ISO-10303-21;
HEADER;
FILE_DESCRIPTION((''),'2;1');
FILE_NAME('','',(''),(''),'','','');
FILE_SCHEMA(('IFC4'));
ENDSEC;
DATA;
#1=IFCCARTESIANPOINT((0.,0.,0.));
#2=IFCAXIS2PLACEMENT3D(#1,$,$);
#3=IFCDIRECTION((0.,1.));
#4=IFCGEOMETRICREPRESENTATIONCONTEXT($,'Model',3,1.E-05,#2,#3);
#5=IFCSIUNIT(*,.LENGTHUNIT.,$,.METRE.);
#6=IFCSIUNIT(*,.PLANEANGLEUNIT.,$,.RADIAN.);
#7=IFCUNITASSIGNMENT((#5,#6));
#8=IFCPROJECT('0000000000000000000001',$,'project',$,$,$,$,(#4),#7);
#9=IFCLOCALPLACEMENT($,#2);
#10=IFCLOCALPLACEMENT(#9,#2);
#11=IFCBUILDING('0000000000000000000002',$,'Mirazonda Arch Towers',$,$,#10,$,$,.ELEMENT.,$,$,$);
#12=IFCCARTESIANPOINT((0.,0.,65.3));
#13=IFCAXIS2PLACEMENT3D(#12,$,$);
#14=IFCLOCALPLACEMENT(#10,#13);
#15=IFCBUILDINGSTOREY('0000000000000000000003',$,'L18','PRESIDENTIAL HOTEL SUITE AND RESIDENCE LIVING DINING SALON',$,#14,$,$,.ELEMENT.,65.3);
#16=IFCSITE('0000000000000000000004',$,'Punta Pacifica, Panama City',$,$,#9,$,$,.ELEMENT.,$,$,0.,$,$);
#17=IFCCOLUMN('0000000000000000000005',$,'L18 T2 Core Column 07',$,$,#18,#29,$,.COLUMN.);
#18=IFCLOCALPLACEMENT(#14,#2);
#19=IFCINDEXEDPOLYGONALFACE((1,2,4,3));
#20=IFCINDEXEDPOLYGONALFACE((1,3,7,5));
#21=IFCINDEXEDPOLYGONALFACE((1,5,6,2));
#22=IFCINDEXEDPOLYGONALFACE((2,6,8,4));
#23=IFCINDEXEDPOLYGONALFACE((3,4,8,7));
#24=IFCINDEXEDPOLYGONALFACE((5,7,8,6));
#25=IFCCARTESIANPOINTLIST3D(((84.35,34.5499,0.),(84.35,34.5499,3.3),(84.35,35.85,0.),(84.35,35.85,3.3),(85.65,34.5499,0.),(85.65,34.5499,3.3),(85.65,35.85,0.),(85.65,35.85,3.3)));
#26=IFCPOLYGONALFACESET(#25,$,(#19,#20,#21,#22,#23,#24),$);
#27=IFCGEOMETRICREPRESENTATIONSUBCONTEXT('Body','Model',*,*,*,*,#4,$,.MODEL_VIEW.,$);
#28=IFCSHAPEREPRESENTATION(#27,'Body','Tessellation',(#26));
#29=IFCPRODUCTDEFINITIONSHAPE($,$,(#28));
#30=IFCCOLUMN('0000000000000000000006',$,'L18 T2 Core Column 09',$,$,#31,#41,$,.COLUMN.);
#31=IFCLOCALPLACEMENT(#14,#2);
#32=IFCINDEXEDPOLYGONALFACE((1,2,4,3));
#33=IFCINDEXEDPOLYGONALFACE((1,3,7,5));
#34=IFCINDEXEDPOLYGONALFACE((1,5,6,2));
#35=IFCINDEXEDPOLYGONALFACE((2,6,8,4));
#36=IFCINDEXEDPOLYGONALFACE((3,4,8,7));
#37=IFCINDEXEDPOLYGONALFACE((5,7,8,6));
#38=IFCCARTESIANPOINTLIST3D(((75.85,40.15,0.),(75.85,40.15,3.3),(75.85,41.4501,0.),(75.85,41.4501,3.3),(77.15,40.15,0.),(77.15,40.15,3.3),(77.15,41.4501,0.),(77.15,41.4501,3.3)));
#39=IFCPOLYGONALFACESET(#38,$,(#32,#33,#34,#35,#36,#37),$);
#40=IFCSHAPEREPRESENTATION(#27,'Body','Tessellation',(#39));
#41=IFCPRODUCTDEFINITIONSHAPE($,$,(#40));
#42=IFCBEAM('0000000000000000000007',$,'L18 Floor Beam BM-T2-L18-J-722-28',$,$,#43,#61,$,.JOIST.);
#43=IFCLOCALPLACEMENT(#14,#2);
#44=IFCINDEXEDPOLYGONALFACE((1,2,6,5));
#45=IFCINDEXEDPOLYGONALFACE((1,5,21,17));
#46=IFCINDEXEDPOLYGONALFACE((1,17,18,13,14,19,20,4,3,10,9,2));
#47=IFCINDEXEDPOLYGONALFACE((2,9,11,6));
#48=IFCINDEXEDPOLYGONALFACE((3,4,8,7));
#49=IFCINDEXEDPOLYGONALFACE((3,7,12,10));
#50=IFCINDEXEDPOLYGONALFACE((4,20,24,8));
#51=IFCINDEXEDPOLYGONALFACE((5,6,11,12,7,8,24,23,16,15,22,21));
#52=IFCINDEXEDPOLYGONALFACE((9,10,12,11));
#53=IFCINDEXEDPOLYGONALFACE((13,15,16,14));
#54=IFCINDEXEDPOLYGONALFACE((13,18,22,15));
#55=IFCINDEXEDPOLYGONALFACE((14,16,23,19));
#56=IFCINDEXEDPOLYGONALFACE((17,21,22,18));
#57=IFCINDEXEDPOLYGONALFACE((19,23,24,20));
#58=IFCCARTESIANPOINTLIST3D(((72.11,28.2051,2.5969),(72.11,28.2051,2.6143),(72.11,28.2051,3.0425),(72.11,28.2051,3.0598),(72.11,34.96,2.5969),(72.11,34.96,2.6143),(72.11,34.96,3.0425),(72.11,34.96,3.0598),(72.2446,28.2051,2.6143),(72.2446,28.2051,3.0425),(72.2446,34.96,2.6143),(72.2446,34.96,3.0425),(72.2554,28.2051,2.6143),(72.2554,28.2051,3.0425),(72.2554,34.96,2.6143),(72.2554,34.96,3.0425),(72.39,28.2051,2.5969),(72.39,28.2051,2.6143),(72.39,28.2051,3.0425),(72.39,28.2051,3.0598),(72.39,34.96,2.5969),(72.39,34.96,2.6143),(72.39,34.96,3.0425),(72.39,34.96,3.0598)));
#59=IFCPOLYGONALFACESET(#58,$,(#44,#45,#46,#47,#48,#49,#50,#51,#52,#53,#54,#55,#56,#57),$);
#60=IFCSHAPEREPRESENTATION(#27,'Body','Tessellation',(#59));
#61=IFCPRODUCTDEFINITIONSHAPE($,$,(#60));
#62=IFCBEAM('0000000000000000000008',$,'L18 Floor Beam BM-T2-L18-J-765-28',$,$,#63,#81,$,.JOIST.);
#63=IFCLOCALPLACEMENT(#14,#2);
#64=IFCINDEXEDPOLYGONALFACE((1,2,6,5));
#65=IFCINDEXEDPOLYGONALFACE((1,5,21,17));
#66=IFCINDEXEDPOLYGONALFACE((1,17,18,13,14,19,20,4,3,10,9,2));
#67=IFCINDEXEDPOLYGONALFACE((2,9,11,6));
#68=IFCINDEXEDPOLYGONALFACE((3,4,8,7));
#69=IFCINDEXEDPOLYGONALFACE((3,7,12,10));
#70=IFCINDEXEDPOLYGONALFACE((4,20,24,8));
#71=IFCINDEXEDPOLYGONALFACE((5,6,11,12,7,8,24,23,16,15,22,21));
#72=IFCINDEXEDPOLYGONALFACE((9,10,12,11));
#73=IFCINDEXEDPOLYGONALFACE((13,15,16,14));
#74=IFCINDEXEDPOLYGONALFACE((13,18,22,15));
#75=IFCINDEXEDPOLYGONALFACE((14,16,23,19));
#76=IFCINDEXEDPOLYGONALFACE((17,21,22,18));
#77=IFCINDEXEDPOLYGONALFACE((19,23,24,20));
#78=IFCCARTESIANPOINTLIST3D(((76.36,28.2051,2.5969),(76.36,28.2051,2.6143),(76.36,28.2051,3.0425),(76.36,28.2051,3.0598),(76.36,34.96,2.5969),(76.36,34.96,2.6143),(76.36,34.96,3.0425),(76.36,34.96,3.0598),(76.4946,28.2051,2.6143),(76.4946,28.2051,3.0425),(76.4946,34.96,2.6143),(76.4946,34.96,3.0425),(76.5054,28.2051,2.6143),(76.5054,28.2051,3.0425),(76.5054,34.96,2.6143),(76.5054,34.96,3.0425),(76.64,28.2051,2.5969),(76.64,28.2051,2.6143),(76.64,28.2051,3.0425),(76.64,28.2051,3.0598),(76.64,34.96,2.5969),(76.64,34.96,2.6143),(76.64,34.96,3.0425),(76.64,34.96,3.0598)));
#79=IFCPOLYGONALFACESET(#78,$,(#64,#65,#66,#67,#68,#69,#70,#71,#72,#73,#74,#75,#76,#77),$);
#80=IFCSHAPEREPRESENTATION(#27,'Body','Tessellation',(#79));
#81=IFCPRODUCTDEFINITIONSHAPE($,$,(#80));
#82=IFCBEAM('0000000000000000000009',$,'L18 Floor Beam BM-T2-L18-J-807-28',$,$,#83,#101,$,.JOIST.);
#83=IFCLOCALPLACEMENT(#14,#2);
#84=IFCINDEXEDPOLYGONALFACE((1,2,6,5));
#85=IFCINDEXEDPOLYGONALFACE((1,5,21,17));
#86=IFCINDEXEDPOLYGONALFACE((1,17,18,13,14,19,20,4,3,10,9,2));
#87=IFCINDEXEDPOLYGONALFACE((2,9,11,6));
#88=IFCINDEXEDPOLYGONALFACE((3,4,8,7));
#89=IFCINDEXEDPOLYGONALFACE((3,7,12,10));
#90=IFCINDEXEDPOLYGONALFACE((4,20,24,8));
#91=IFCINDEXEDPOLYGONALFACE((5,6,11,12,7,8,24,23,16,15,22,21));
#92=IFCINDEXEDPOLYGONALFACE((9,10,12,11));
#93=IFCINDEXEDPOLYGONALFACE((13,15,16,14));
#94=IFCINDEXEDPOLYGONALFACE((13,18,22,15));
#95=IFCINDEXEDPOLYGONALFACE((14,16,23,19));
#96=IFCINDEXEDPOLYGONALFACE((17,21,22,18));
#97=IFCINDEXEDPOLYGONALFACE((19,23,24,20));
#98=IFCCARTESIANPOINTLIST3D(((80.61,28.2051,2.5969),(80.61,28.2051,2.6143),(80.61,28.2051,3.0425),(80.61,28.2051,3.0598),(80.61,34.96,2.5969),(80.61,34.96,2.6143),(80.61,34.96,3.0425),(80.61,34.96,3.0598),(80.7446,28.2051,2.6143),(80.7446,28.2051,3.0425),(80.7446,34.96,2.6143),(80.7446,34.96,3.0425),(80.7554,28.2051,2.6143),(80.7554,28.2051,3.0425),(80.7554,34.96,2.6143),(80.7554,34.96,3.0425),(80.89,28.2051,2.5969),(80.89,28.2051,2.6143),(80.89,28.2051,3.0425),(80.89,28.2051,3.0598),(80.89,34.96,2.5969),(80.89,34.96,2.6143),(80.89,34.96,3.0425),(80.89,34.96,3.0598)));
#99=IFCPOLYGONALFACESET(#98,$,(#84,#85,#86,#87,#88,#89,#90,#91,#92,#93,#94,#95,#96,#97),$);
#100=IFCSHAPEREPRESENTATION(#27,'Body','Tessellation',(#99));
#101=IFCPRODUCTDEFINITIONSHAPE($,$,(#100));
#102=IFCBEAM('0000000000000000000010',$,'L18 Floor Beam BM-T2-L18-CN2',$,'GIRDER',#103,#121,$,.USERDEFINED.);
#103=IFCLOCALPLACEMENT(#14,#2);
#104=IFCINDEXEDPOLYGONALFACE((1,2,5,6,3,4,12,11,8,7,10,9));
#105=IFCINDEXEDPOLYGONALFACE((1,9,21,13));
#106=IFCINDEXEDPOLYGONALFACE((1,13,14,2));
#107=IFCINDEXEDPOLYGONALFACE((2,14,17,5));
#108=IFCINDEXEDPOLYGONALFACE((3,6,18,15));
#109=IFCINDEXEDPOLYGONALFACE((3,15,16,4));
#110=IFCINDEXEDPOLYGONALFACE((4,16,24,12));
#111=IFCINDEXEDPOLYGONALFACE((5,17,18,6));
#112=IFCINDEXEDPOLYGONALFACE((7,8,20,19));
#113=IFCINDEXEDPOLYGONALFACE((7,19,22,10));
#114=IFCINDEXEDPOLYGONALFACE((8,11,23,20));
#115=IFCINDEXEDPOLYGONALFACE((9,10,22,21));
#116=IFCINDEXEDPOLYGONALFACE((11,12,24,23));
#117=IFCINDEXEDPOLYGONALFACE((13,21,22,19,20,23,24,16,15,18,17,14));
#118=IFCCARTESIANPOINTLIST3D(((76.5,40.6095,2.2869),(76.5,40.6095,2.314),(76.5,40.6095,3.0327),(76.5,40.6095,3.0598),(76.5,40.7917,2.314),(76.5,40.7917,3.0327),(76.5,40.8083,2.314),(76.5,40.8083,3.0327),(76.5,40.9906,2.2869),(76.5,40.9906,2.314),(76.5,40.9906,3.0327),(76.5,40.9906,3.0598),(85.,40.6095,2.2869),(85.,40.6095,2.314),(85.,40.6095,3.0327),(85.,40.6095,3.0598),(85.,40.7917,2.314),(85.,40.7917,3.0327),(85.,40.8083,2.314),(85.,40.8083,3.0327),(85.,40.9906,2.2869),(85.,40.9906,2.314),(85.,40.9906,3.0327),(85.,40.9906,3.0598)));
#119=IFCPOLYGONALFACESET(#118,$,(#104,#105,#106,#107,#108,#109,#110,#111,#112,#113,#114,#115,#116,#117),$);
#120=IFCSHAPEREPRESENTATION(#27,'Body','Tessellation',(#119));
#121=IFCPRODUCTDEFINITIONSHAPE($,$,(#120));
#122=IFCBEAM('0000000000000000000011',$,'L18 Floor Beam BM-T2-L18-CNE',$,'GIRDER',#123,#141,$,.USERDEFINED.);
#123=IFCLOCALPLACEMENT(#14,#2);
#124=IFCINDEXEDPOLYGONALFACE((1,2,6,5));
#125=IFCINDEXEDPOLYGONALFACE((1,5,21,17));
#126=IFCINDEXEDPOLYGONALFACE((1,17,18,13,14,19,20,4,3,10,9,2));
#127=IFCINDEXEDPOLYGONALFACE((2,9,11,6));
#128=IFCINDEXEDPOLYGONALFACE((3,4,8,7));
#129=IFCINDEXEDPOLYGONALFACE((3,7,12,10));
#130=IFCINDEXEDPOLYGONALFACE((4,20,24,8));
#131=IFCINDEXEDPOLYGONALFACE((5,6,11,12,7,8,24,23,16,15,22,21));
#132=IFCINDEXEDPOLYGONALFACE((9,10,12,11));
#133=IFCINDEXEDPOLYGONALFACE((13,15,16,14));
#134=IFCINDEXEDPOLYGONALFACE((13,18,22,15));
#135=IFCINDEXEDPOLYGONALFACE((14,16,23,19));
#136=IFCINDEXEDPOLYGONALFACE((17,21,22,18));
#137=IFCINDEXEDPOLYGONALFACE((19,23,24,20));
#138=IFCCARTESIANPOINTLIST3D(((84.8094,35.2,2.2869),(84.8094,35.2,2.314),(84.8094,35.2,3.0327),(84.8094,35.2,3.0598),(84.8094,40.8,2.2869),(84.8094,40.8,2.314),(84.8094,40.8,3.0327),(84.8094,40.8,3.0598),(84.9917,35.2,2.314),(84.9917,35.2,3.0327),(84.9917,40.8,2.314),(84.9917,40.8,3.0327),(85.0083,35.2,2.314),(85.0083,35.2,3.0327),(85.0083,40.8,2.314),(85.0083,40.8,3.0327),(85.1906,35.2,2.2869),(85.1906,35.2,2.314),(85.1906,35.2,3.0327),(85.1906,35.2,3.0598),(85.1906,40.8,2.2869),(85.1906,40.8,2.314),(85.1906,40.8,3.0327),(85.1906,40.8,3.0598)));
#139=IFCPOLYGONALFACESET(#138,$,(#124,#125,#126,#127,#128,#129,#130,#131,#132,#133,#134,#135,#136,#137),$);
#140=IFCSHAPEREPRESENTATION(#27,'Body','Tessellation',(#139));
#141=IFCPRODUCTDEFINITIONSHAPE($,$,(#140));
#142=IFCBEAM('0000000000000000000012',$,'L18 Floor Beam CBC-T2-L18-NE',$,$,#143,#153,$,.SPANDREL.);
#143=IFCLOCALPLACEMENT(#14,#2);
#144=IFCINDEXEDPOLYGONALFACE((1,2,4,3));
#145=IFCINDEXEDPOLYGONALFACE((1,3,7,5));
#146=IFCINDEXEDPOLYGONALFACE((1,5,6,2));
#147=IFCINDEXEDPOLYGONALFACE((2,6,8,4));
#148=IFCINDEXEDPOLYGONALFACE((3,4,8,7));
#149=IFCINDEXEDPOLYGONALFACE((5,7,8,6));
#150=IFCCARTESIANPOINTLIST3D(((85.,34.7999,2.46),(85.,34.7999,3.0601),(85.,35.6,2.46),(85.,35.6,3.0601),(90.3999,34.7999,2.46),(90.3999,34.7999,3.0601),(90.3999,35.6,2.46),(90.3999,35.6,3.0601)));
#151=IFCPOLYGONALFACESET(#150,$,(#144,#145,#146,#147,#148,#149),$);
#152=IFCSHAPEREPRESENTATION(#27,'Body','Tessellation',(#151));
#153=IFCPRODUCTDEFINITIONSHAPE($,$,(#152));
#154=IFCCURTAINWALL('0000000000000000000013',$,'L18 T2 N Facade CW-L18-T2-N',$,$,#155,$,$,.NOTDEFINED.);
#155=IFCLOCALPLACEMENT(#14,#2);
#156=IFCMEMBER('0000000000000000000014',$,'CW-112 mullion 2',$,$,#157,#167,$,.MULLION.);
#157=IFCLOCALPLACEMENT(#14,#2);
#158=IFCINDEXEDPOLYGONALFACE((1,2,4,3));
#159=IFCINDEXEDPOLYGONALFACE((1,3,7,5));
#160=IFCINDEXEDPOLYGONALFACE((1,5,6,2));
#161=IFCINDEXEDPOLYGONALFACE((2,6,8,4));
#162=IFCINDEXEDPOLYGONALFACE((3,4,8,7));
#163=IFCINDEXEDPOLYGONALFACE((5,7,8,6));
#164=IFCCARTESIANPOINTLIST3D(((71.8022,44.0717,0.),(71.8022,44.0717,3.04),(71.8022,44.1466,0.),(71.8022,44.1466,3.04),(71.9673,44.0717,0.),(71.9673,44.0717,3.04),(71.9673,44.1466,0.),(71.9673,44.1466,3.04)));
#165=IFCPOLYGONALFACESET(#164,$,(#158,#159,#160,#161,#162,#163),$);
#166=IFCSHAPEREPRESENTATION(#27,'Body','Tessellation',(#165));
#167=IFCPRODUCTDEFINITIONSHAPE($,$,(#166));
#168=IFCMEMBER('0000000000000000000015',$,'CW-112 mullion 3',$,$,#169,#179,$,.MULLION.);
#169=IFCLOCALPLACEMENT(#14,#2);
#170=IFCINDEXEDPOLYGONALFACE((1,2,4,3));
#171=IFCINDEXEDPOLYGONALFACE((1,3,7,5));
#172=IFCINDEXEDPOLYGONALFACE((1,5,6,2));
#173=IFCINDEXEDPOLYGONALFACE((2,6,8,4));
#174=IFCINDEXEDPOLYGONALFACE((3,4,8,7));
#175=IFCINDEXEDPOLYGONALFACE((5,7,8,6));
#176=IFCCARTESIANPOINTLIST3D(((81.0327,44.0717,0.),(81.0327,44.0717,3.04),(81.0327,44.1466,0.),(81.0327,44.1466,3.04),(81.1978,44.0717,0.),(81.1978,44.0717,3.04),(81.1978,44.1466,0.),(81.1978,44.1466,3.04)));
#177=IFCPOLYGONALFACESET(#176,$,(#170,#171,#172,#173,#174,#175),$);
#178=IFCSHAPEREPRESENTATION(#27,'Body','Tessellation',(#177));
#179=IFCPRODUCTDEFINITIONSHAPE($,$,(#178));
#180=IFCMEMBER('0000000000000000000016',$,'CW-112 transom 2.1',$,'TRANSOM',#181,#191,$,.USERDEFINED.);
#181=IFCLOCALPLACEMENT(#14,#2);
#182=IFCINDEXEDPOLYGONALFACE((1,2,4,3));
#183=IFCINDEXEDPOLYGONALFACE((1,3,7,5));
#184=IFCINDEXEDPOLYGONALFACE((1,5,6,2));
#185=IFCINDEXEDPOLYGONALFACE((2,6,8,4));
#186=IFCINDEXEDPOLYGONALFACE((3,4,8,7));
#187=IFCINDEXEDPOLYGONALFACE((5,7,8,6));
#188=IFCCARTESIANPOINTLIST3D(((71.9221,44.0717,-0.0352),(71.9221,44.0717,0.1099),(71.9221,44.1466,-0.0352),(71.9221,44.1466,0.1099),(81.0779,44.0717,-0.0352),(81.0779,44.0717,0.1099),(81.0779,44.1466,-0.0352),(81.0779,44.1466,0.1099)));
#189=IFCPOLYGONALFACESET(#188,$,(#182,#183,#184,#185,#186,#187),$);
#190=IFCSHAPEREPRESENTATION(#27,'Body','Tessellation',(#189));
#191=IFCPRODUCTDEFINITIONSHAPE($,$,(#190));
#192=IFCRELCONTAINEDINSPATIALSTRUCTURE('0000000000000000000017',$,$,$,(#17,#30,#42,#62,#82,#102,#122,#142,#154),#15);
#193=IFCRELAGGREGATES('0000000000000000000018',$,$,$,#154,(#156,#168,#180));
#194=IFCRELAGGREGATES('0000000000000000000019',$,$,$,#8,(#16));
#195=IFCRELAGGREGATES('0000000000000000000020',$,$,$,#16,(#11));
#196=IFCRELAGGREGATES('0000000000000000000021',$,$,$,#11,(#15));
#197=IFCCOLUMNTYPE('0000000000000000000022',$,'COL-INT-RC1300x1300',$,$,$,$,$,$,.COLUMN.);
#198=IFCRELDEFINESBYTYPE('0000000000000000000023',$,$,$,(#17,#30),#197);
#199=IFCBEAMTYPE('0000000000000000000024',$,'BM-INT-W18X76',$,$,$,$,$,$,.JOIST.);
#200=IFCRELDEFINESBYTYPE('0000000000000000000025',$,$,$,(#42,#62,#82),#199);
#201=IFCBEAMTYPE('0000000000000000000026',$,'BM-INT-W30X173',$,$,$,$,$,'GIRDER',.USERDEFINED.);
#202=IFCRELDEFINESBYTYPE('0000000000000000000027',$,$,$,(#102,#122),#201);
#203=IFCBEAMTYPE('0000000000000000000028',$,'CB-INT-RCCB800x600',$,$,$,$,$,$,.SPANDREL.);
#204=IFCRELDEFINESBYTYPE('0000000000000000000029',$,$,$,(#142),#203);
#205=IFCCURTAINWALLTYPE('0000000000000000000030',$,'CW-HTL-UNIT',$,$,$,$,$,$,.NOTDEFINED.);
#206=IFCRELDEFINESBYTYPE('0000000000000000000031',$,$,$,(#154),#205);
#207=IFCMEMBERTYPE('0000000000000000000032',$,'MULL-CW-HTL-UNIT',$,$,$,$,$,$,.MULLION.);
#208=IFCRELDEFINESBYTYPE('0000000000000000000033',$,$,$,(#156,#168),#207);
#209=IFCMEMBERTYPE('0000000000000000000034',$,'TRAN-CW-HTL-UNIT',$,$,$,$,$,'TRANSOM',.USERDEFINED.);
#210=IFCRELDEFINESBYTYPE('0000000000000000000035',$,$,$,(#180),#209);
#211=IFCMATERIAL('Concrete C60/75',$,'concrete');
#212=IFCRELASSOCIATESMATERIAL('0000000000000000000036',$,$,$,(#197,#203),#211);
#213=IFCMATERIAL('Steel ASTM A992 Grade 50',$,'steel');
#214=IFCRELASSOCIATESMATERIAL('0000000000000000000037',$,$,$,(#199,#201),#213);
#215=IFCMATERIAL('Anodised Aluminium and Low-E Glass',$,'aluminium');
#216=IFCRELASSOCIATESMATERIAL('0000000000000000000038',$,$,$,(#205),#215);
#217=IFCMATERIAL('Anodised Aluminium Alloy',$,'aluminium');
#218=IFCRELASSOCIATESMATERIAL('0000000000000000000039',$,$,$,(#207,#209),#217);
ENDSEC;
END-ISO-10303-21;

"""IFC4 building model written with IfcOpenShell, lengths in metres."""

from ifc_helpers import new_model, si_unit, direction, frame, origin, origin_2d, place, context, subcontext, project, spatial, rectangle, i_section, extrude, material, material_profile, profile_set, type_object, element, aggregate, save


model = new_model("IFC4")

# Units and contexts
model_context = context("Model", 3, precision=1e-05, world=origin(), true_north=direction((0.0, 1.0)))
body_context = subcontext(model_context, "Body", "Model", "MODEL_VIEW")
ifc_project = project(units=[si_unit("LENGTHUNIT", "METRE"), si_unit("PLANEANGLEUNIT", "RADIAN")], contexts=[model_context])

# Site, building, storey
site_placement = place(None, origin())
site = spatial("IfcSite", under=ifc_project, at=site_placement, Name="Punta Pacifica, Panama City", CompositionType="ELEMENT", RefElevation=0.0)
building_placement = place(site_placement, origin())
building = spatial("IfcBuilding", under=site, at=building_placement, Name="Mirazonda Arch Towers", CompositionType="ELEMENT")
storey_placement = place(building_placement, frame((0.0, 0.0, 65.3)))
storey = spatial("IfcBuildingStorey", under=building, at=storey_placement, Name="L18", Description="PRESIDENTIAL HOTEL SUITE AND RESIDENCE LIVING DINING SALON", CompositionType="ELEMENT", Elevation=65.3)

# Columns
ifc_material_1 = material(Name="Concrete C60/75", Category="concrete")
ifc_material_profile_1 = material_profile(ifc_material_1, rectangle(XDim=1.3, YDim=1.3, at=origin_2d()), Name="RC1300x1300")
ifc_profile_set_1 = profile_set([ifc_material_profile_1], Name="Concrete C60/75")
column_type = type_object("IfcColumnType", Name="COL-INT-RC1300x1300", PredefinedType="COLUMN", material=ifc_profile_set_1)
for number, where, z_axis, x_axis, name in (
    (1, (85.0, 35.2, 0.0), (0.0, 0.0, 1.0), (1.0, 0.0, 0.0), "L18 T2 Core Column 07"),
    (2, (76.5, 40.8, 0.0), (0.0, 0.0, 1.0), (1.0, 0.0, 0.0), "L18 T2 Core Column 09"),
):
    element("IfcColumn", number, at=place(storey_placement, frame(where, z_axis=z_axis, x_axis=x_axis)), inside=storey, type_object=column_type, Name=name, PredefinedType="COLUMN", context=body_context, shape_type="SweptSolid", body=[
        extrude(rectangle(XDim=1.3, YDim=1.3, at=origin_2d()), origin(), (0.0, 0.0, 1.0), 3.3),
    ])

# Beams
ifc_material_2 = material(Name="Steel ASTM A992 Grade 50", Category="steel")
ifc_material_profile_2 = material_profile(ifc_material_2, i_section(OverallWidth=0.28, OverallDepth=0.4629, WebThickness=0.0107, FlangeThickness=0.0173, at=origin_2d()), Name="W18X76")
ifc_profile_set_2 = profile_set([ifc_material_profile_2], Name="Steel ASTM A992 Grade 50")
beam_type_1 = type_object("IfcBeamType", Name="BM-INT-W18X76", PredefinedType="JOIST", material=ifc_profile_set_2)
for number, where, z_axis, x_axis, name in (
    (3, (72.25, 28.2051, 2.8284), (0.0, 1.0, 0.0), (-1.0, 0.0, 0.0), "L18 Floor Beam BM-T2-L18-J-722-28"),
    (4, (76.5, 28.2051, 2.8284), (0.0, 1.0, 0.0), (-1.0, 0.0, 0.0), "L18 Floor Beam BM-T2-L18-J-765-28"),
    (5, (80.75, 28.2051, 2.8284), (0.0, 1.0, 0.0), (-1.0, 0.0, 0.0), "L18 Floor Beam BM-T2-L18-J-807-28"),
):
    element("IfcBeam", number, at=place(storey_placement, frame(where, z_axis=z_axis, x_axis=x_axis)), inside=storey, type_object=beam_type_1, Name=name, PredefinedType="JOIST", context=body_context, shape_type="SweptSolid", body=[
        extrude(i_section(OverallWidth=0.28, OverallDepth=0.4629, WebThickness=0.0107, FlangeThickness=0.0173, at=origin_2d()), origin(), (0.0, 0.0, 1.0), 6.7549),
    ])
ifc_material_profile_3 = material_profile(ifc_material_2, i_section(OverallWidth=0.3811, OverallDepth=0.7729, WebThickness=0.0166, FlangeThickness=0.0271, at=origin_2d()), Name="W30X173")
ifc_profile_set_3 = profile_set([ifc_material_profile_3], Name="Steel ASTM A992 Grade 50")
beam_type_2 = type_object("IfcBeamType", Name="BM-INT-W30X173", ElementType="GIRDER", PredefinedType="USERDEFINED", material=ifc_profile_set_3)
beam_1_placement = place(storey_placement, frame((76.5, 40.8, 2.6733), z_axis=(1.0, 0.0, 0.0), x_axis=(0.0, 1.0, 0.0)))
element("IfcBeam", 6, at=beam_1_placement, inside=storey, type_object=beam_type_2, Name="L18 Floor Beam BM-T2-L18-CN2", ObjectType="GIRDER", PredefinedType="USERDEFINED", context=body_context, shape_type="SweptSolid", body=[
    extrude(i_section(OverallWidth=0.3811, OverallDepth=0.7729, WebThickness=0.0166, FlangeThickness=0.0271, at=origin_2d()), origin(), (0.0, 0.0, 1.0), 8.5),
])
beam_2_placement = place(storey_placement, frame((85.0, 35.2, 2.6733), z_axis=(0.0, 1.0, 0.0), x_axis=(-1.0, 0.0, 0.0)))
element("IfcBeam", 7, at=beam_2_placement, inside=storey, type_object=beam_type_2, Name="L18 Floor Beam BM-T2-L18-CNE", ObjectType="GIRDER", PredefinedType="USERDEFINED", context=body_context, shape_type="SweptSolid", body=[
    extrude(i_section(OverallWidth=0.3811, OverallDepth=0.7729, WebThickness=0.0166, FlangeThickness=0.0271, at=origin_2d()), origin(), (0.0, 0.0, 1.0), 5.6001),
])
ifc_material_profile_4 = material_profile(ifc_material_1, rectangle(XDim=0.8, YDim=0.6001, at=origin_2d()), Name="RCCB800x600")
ifc_profile_set_4 = profile_set([ifc_material_profile_4], Name="Concrete C60/75")
beam_type_3 = type_object("IfcBeamType", Name="CB-INT-RCCB800x600", PredefinedType="SPANDREL", material=ifc_profile_set_4)
beam_3_placement = place(storey_placement, frame((85.0, 35.2, 2.76), z_axis=(1.0, 0.0, 0.0), x_axis=(0.0, 1.0, 0.0)))
element("IfcBeam", 8, at=beam_3_placement, inside=storey, type_object=beam_type_3, Name="L18 Floor Beam CBC-T2-L18-NE", PredefinedType="SPANDREL", context=body_context, shape_type="SweptSolid", body=[
    extrude(rectangle(XDim=0.8, YDim=0.6001, at=origin_2d()), origin(), (0.0, 0.0, 1.0), 5.3999),
])

# Curtain wall, members
ifc_material_3 = material(Name="Anodised Aluminium and Low-E Glass", Category="aluminium")
curtain_wall_type = type_object("IfcCurtainWallType", Name="CW-HTL-UNIT", PredefinedType="NOTDEFINED", material=ifc_material_3)
curtain_wall_placement = place(storey_placement, origin())
curtain_wall = element("IfcCurtainWall", 9, at=curtain_wall_placement, inside=storey, type_object=curtain_wall_type, Name="L18 T2 N Facade CW-L18-T2-N", PredefinedType="NOTDEFINED")
ifc_material_4 = material(Name="Anodised Aluminium Alloy", Category="aluminium")
ifc_material_profile_5 = material_profile(ifc_material_4, rectangle(XDim=0.075, YDim=0.165, at=origin_2d()), Name="ALU-MULL-75x165")
ifc_profile_set_5 = profile_set([ifc_material_profile_5], Name="Anodised Aluminium Alloy")
member_type_1 = type_object("IfcMemberType", Name="MULL-CW-HTL-UNIT", PredefinedType="MULLION", material=ifc_profile_set_5)
member_1_placement = place(storey_placement, frame((71.8848, 44.1091, 0.0), z_axis=(0.0, 0.0, 1.0), x_axis=(0.0, 1.0, 0.0)))
member_1 = element("IfcMember", 10, at=member_1_placement, type_object=member_type_1, Name="CW-112 mullion 2", PredefinedType="MULLION", context=body_context, shape_type="SweptSolid", body=[
    extrude(rectangle(XDim=0.075, YDim=0.165, at=origin_2d()), origin(), (0.0, 0.0, 1.0), 3.04),
])
member_2_placement = place(storey_placement, frame((81.1152, 44.1091, 0.0), z_axis=(0.0, 0.0, 1.0), x_axis=(0.0, 1.0, 0.0)))
member_2 = element("IfcMember", 11, at=member_2_placement, type_object=member_type_1, Name="CW-112 mullion 3", PredefinedType="MULLION", context=body_context, shape_type="SweptSolid", body=[
    extrude(rectangle(XDim=0.075, YDim=0.165, at=origin_2d()), origin(), (0.0, 0.0, 1.0), 3.04),
])
ifc_material_profile_6 = material_profile(ifc_material_4, rectangle(XDim=0.075, YDim=0.145, at=origin_2d()), Name="ALU-TRAN-75x145")
ifc_profile_set_6 = profile_set([ifc_material_profile_6], Name="Anodised Aluminium Alloy")
member_type_2 = type_object("IfcMemberType", Name="TRAN-CW-HTL-UNIT", ElementType="TRANSOM", PredefinedType="USERDEFINED", material=ifc_profile_set_6)
member_3_placement = place(storey_placement, frame((71.9221, 44.1091, 0.0374), z_axis=(1.0, 0.0, 0.0), x_axis=(0.0, 1.0, 0.0)))
member_3 = element("IfcMember", 12, at=member_3_placement, type_object=member_type_2, Name="CW-112 transom 2.1", ObjectType="TRANSOM", PredefinedType="USERDEFINED", context=body_context, shape_type="SweptSolid", body=[
    extrude(rectangle(XDim=0.075, YDim=0.145, at=origin_2d()), origin(), (0.0, 0.0, 1.0), 9.1558),
])
aggregate(curtain_wall, [member_1, member_2, member_3])

save(model, "model.ifc")
